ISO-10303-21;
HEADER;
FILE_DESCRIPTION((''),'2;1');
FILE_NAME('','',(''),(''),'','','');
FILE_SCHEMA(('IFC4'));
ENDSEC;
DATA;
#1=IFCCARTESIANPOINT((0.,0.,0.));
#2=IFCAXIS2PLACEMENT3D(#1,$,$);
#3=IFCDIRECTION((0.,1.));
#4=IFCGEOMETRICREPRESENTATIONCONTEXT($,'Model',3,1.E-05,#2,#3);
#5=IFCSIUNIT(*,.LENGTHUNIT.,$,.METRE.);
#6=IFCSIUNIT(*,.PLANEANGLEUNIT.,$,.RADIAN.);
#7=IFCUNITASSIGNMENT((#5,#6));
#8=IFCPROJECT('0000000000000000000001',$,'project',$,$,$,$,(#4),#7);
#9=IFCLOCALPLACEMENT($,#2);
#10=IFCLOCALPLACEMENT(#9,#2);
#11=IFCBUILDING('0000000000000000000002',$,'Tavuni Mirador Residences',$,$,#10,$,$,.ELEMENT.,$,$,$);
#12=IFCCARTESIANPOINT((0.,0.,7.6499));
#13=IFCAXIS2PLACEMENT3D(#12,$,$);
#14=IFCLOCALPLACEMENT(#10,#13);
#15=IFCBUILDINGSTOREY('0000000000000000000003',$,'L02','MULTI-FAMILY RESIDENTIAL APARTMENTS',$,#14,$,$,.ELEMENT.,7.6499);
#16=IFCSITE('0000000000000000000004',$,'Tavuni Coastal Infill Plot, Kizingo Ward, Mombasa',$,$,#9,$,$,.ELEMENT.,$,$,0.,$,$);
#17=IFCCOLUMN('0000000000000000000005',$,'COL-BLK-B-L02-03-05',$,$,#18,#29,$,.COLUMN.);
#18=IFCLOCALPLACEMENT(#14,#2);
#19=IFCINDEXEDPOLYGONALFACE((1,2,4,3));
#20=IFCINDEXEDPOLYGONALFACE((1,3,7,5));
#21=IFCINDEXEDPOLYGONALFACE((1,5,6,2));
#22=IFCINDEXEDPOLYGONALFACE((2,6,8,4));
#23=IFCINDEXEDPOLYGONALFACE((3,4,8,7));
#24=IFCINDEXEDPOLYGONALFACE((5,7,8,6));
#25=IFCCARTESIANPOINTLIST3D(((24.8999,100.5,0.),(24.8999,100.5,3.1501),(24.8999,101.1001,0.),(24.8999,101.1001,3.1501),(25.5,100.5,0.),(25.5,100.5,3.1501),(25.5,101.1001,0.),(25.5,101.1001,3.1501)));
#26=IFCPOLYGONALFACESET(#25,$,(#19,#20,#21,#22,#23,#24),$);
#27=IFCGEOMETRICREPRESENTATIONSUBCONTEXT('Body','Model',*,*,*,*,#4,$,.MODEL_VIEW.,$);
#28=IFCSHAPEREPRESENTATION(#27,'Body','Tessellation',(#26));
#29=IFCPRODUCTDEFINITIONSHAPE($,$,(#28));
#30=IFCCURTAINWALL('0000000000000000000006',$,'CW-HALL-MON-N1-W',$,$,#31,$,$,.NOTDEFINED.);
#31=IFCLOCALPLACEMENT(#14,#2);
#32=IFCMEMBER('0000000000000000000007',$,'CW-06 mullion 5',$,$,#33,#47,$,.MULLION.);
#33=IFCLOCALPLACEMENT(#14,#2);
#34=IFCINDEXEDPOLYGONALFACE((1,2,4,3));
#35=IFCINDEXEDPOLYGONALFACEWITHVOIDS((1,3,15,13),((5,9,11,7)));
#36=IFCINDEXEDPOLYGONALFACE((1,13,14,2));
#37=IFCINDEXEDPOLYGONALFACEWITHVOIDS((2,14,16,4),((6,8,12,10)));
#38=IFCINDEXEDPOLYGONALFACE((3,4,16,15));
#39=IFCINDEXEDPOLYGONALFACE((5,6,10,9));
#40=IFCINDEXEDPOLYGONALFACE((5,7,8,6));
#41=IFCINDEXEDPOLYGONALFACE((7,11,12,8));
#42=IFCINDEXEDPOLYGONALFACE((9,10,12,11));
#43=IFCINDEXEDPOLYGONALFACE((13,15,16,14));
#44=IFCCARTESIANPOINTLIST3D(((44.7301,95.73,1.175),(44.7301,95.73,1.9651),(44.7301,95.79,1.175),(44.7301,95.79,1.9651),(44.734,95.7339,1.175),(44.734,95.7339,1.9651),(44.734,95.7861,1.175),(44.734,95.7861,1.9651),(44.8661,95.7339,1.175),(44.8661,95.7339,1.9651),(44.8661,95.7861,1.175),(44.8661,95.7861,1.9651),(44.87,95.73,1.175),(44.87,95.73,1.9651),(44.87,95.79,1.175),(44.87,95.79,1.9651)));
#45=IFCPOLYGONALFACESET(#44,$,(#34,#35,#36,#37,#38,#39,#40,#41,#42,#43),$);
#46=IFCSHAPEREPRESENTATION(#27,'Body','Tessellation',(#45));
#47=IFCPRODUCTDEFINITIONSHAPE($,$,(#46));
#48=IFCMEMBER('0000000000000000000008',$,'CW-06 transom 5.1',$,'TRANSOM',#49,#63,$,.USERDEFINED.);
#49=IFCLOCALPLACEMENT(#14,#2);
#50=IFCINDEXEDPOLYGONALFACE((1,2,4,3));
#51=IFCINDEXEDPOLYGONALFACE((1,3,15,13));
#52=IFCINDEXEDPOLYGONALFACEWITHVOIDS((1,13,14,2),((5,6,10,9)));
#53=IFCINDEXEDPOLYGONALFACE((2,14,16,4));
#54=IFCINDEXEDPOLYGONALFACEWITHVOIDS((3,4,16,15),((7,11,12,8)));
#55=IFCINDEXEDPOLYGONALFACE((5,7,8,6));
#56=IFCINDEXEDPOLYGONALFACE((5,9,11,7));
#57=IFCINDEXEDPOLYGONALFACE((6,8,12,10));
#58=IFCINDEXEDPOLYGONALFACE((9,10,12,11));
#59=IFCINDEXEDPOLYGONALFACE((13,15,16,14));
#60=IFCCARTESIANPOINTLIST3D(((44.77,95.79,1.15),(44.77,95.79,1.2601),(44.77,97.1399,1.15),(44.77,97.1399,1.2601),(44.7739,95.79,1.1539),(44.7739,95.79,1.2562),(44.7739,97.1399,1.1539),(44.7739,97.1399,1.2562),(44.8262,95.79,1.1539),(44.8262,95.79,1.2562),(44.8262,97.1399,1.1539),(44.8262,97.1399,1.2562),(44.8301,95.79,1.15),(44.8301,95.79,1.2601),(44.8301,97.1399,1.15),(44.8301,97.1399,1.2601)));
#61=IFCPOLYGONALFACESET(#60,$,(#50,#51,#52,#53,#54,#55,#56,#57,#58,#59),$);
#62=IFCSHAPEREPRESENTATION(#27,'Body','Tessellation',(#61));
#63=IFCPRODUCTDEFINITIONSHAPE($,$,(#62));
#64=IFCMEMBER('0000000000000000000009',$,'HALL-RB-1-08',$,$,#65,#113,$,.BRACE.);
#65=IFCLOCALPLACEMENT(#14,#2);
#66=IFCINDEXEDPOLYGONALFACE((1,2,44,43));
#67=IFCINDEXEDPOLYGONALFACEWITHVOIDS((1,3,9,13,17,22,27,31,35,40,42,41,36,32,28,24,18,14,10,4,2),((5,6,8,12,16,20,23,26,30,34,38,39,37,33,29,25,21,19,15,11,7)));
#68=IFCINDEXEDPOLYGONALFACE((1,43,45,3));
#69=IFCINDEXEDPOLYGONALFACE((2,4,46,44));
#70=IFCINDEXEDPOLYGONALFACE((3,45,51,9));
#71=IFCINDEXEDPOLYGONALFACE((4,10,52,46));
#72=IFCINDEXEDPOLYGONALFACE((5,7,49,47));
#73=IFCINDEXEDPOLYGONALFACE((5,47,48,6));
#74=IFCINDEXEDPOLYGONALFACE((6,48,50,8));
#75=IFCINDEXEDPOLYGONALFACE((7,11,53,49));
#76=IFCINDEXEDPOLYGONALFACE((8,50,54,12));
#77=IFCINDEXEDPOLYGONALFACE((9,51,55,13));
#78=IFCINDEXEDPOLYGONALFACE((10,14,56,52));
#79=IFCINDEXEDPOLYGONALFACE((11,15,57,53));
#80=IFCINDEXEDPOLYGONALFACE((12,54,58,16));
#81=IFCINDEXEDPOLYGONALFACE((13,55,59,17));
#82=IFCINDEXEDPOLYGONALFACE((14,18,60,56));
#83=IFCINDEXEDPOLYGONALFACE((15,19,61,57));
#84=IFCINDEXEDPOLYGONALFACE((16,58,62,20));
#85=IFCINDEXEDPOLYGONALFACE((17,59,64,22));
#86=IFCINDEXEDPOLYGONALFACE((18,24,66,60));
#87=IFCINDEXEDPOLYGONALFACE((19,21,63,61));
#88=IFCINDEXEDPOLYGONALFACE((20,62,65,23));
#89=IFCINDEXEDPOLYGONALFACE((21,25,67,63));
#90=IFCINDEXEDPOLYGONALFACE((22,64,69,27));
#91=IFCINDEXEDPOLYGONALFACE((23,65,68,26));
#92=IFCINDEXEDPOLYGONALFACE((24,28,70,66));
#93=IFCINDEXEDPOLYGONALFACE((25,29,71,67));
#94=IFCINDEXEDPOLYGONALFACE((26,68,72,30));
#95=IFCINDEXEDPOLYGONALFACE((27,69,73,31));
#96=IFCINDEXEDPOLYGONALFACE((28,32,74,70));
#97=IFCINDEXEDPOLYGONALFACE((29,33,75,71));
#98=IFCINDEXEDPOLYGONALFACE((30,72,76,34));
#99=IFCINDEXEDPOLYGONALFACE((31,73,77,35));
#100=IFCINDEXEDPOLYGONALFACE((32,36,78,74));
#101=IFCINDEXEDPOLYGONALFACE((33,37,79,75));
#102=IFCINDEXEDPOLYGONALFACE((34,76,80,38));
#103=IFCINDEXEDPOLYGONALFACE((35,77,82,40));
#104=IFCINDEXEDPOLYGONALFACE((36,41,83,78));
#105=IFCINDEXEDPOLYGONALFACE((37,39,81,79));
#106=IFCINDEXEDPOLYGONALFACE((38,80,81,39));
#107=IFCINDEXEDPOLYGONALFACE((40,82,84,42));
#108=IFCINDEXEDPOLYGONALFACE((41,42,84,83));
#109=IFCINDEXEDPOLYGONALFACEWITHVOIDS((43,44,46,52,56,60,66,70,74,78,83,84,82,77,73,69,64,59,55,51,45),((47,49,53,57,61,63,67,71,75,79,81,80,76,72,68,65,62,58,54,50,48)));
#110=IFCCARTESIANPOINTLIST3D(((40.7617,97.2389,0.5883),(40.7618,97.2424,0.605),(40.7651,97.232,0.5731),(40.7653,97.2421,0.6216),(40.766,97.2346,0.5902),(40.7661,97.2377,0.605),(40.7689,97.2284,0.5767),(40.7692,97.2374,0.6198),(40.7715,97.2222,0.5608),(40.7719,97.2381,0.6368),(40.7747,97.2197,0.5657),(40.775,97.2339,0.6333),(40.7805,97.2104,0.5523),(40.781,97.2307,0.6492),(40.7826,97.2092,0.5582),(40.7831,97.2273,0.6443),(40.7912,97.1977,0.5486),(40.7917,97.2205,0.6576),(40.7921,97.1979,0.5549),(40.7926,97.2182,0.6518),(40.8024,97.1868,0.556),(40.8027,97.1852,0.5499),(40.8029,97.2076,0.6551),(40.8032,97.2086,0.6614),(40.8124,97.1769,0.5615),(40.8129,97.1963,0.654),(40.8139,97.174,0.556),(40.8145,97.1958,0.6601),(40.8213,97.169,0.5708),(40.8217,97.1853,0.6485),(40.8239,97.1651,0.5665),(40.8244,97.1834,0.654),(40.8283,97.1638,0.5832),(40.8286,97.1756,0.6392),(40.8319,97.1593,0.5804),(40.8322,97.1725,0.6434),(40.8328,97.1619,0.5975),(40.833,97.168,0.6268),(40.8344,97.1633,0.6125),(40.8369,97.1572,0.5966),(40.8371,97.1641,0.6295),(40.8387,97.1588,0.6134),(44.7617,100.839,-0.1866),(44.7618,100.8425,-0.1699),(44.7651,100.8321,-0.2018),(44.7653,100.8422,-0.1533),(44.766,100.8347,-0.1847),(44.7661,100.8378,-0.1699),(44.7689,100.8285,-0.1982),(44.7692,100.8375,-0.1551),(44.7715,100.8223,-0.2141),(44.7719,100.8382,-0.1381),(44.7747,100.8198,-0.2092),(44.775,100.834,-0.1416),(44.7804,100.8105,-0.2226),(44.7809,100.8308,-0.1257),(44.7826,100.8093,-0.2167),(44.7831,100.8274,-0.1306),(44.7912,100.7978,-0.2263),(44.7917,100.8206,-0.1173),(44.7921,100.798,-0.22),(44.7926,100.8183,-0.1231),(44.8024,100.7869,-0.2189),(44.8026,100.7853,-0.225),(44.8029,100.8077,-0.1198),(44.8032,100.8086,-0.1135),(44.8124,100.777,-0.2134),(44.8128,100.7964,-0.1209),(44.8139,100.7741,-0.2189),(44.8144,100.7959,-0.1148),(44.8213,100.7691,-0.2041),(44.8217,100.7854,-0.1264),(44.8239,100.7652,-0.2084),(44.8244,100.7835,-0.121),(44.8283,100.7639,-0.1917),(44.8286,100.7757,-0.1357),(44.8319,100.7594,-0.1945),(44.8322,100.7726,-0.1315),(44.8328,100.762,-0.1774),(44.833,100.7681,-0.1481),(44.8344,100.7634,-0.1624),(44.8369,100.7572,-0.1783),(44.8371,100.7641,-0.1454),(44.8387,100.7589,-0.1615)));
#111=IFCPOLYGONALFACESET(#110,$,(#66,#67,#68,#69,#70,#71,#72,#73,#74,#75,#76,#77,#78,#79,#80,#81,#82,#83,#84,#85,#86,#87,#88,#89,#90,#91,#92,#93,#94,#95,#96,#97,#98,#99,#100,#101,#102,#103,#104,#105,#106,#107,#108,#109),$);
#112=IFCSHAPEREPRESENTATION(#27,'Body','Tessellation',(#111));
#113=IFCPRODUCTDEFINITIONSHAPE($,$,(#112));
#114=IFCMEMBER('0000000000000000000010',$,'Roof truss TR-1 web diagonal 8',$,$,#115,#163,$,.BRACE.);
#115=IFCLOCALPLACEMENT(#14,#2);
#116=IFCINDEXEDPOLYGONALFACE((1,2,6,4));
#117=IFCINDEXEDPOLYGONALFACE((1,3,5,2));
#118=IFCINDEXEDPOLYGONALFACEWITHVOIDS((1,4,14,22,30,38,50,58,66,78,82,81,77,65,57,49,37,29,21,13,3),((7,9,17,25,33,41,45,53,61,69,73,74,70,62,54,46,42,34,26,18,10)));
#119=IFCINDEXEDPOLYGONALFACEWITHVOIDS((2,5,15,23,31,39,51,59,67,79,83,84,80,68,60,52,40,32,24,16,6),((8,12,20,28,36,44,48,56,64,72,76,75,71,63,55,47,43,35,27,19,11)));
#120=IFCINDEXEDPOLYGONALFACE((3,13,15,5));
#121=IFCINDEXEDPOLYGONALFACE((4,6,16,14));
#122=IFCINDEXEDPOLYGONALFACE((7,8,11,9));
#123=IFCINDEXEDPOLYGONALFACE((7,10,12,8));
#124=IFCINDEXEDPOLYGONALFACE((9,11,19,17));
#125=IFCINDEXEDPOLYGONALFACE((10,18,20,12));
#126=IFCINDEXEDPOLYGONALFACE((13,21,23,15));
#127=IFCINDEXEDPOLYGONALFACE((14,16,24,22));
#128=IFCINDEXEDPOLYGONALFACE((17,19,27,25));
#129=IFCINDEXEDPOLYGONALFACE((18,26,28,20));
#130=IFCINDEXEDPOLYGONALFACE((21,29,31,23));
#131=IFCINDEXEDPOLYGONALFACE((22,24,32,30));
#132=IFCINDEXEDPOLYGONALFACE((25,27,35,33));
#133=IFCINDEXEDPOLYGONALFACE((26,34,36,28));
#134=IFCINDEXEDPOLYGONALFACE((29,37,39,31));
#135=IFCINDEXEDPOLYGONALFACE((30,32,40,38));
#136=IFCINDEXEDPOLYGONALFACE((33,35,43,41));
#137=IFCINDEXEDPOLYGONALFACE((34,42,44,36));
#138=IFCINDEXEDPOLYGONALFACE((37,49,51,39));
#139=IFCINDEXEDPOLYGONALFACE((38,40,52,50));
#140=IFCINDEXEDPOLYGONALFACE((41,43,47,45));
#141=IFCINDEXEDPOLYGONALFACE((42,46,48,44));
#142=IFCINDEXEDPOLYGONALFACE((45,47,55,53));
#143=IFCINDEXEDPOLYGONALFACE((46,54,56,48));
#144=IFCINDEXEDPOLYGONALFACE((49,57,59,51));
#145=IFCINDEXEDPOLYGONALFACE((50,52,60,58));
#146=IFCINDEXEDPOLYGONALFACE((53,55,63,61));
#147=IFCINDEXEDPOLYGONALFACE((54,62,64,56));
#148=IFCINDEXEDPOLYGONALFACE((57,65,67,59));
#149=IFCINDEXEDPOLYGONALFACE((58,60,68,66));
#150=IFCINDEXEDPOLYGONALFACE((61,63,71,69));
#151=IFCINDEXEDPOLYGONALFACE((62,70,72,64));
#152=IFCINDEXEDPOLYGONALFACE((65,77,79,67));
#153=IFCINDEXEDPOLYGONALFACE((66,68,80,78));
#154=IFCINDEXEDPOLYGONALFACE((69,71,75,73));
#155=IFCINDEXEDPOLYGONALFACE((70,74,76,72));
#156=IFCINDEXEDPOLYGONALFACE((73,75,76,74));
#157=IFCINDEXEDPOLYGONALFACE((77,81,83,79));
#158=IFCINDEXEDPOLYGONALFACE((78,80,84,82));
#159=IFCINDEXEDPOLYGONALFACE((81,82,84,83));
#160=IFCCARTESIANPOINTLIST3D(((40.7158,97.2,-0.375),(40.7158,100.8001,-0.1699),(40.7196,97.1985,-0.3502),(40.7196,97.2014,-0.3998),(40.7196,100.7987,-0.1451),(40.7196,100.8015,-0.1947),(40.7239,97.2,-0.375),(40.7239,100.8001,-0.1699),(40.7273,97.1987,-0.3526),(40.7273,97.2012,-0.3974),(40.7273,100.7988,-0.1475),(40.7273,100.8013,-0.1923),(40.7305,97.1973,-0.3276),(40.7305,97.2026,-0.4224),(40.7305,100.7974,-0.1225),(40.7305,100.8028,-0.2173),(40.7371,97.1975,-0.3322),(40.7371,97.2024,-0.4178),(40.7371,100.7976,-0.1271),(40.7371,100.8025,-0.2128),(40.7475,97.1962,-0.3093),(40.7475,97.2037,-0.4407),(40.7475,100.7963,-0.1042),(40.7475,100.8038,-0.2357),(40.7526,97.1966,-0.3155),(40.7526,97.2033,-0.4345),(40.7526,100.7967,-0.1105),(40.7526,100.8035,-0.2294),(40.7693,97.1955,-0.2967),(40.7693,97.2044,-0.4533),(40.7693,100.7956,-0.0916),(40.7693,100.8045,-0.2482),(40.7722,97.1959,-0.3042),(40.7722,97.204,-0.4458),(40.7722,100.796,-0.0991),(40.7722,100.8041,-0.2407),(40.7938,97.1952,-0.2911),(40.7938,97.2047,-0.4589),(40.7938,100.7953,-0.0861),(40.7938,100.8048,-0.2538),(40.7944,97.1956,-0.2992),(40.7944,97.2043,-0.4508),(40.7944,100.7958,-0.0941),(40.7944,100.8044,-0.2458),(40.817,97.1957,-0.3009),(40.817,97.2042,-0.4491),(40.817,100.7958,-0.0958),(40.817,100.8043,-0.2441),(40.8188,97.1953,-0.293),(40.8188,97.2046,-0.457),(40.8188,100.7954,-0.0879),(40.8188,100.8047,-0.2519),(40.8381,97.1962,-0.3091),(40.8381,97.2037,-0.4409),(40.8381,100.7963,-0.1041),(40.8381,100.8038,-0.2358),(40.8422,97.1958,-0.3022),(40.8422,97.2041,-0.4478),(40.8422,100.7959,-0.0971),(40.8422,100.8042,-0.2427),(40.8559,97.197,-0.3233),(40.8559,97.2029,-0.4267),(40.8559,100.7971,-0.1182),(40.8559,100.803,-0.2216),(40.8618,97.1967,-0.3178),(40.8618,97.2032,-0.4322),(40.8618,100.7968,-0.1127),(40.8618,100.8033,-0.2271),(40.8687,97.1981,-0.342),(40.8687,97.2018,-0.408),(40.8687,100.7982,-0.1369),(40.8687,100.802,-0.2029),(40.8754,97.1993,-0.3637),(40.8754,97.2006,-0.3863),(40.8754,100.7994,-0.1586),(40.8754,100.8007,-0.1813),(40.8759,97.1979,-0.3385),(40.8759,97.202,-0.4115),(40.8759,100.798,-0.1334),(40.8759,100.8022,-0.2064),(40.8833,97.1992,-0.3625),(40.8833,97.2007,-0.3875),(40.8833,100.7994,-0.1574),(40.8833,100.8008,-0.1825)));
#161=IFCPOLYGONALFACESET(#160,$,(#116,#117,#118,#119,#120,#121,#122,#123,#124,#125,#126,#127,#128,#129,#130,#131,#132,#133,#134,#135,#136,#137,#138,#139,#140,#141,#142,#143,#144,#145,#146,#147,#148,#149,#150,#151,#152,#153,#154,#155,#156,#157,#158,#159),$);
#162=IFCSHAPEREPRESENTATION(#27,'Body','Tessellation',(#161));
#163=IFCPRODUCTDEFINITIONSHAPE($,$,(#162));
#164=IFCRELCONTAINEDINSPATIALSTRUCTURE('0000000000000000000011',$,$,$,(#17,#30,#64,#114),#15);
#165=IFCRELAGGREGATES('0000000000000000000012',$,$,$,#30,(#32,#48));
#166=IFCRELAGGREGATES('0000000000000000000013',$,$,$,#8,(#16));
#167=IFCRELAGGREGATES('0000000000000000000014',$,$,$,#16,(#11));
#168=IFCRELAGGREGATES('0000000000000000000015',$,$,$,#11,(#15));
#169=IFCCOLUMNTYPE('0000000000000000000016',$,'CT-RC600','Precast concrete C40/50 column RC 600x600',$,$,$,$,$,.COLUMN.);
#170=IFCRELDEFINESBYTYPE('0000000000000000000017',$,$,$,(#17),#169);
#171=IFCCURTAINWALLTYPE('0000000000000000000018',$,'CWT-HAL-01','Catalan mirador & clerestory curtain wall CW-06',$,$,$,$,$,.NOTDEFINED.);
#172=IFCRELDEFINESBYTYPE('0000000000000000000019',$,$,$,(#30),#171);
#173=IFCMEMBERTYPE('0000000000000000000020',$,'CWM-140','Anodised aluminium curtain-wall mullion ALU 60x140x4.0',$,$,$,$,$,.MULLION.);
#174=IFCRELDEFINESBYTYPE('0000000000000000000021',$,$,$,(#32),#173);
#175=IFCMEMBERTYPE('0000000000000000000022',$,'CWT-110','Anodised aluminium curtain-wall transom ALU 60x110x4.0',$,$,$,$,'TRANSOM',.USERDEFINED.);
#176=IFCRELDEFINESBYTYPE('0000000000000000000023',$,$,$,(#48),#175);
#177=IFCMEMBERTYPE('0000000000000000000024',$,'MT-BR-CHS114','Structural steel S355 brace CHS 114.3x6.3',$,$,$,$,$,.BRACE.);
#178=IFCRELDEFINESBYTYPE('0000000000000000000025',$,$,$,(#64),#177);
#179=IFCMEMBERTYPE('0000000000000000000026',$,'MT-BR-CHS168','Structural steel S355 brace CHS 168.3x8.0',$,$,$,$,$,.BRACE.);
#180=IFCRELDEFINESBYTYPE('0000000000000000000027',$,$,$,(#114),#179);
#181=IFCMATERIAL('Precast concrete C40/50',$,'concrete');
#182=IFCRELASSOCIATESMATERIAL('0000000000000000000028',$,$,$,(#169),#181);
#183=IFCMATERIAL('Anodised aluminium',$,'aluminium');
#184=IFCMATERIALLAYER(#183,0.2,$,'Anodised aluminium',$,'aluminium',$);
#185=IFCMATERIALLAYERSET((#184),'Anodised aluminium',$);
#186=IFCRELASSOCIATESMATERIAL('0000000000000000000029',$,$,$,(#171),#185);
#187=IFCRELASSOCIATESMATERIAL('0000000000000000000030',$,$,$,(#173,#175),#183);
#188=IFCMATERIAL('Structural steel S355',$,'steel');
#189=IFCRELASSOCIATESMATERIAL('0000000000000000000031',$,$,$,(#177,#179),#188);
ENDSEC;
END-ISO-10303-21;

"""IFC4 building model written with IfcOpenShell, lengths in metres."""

from ifc_helpers import new_model, si_unit, direction, frame, origin, origin_2d, place, context, subcontext, project, spatial, rectangle, hollow_rectangle, hollow_circle, extrude, material, layer, layer_set, material_profile, profile_set, type_object, element, aggregate, save


model = new_model("IFC4")

# Units and contexts
model_context = context("Model", 3, precision=1e-05, world=origin(), true_north=direction((0.0, 1.0)))
body_context = subcontext(model_context, "Body", "Model", "MODEL_VIEW")
ifc_project = project(units=[si_unit("LENGTHUNIT", "METRE"), si_unit("PLANEANGLEUNIT", "RADIAN")], contexts=[model_context])

# Site, building, storey
site_placement = place(None, origin())
site = spatial("IfcSite", under=ifc_project, at=site_placement, Name="Tavuni Coastal Infill Plot, Kizingo Ward, Mombasa", CompositionType="ELEMENT", RefElevation=0.0)
building_placement = place(site_placement, origin())
building = spatial("IfcBuilding", under=site, at=building_placement, Name="Tavuni Mirador Residences", CompositionType="ELEMENT")
storey_placement = place(building_placement, frame((0.0, 0.0, 7.6499)))
storey = spatial("IfcBuildingStorey", under=building, at=storey_placement, Name="L02", Description="MULTI-FAMILY RESIDENTIAL APARTMENTS", CompositionType="ELEMENT", Elevation=7.6499)

# Column
ifc_material_1 = material(Name="Precast concrete C40/50", Category="concrete")
ifc_material_profile_1 = material_profile(ifc_material_1, rectangle(XDim=0.6001, YDim=0.6001, at=origin_2d()), Name="RC 600x600", Category="concrete")
ifc_profile_set_1 = profile_set([ifc_material_profile_1], Name="Precast concrete C40/50")
column_type = type_object("IfcColumnType", Name="CT-RC600", Description="Precast concrete C40/50 column RC 600x600", PredefinedType="COLUMN", material=ifc_profile_set_1)
column_placement = place(storey_placement, frame((25.2, 100.8, 0.0), z_axis=(0.0, 0.0, 1.0), x_axis=(1.0, 0.0, 0.0)))
element("IfcColumn", 1, at=column_placement, inside=storey, type_object=column_type, Name="COL-BLK-B-L02-03-05", PredefinedType="COLUMN", context=body_context, shape_type="SweptSolid", body=[
    extrude(rectangle(XDim=0.6001, YDim=0.6001, at=origin_2d()), origin(), (0.0, 0.0, 1.0), 3.1501),
])

# Curtain wall, members
ifc_material_2 = material(Name="Anodised aluminium", Category="aluminium")
ifc_layer_1 = layer(ifc_material_2, 0.2, Name="Anodised aluminium", Category="aluminium")
ifc_layer_set_1 = layer_set([ifc_layer_1], Name="Anodised aluminium")
curtain_wall_type = type_object("IfcCurtainWallType", Name="CWT-HAL-01", Description="Catalan mirador & clerestory curtain wall CW-06", PredefinedType="NOTDEFINED", material=ifc_layer_set_1)
curtain_wall_placement = place(storey_placement, origin())
curtain_wall = element("IfcCurtainWall", 2, at=curtain_wall_placement, inside=storey, type_object=curtain_wall_type, Name="CW-HALL-MON-N1-W", PredefinedType="NOTDEFINED")
ifc_material_profile_2 = material_profile(ifc_material_2, hollow_rectangle(XDim=0.0601, YDim=0.1399, WallThickness=0.0039, at=origin_2d()), Name="ALU 60x140x4.0", Category="aluminium")
ifc_profile_set_2 = profile_set([ifc_material_profile_2], Name="Anodised aluminium")
member_type_1 = type_object("IfcMemberType", Name="CWM-140", Description="Anodised aluminium curtain-wall mullion ALU 60x140x4.0", PredefinedType="MULLION", material=ifc_profile_set_2)
member_1_placement = place(storey_placement, frame((44.8, 95.76, 1.175), z_axis=(0.0, 0.0, 1.0), x_axis=(0.0, 1.0, 0.0)))
member_1 = element("IfcMember", 3, at=member_1_placement, type_object=member_type_1, Name="CW-06 mullion 5", PredefinedType="MULLION", context=body_context, shape_type="SweptSolid", body=[
    extrude(hollow_rectangle(XDim=0.0601, YDim=0.1399, WallThickness=0.0039, at=origin_2d()), origin(), (0.0, 0.0, 1.0), 0.79),
])
ifc_material_profile_3 = material_profile(ifc_material_2, hollow_rectangle(XDim=0.0601, YDim=0.1101, WallThickness=0.0039, at=origin_2d()), Name="ALU 60x110x4.0", Category="aluminium")
ifc_profile_set_3 = profile_set([ifc_material_profile_3], Name="Anodised aluminium")
member_type_2 = type_object("IfcMemberType", Name="CWT-110", Description="Anodised aluminium curtain-wall transom ALU 60x110x4.0", ElementType="TRANSOM", PredefinedType="USERDEFINED", material=ifc_profile_set_3)
member_2_placement = place(storey_placement, frame((44.8, 95.79, 1.2051), z_axis=(0.0, 1.0, 0.0), x_axis=(-1.0, 0.0, 0.0)))
member_2 = element("IfcMember", 4, at=member_2_placement, type_object=member_type_2, Name="CW-06 transom 5.1", ObjectType="TRANSOM", PredefinedType="USERDEFINED", context=body_context, shape_type="SweptSolid", body=[
    extrude(hollow_rectangle(XDim=0.0601, YDim=0.1101, WallThickness=0.0039, at=origin_2d()), origin(), (0.0, 0.0, 1.0), 1.3499),
])
aggregate(curtain_wall, [member_1, member_2])

# Members
ifc_material_3 = material(Name="Structural steel S355", Category="steel")
ifc_material_profile_4 = material_profile(ifc_material_3, hollow_circle(Radius=0.0571, WallThickness=0.0063, at=origin_2d()), Name="CHS 114.3x6.3", Category="steel")
ifc_profile_set_4 = profile_set([ifc_material_profile_4], Name="Structural steel S355")
member_type_3 = type_object("IfcMemberType", Name="MT-BR-CHS114", Description="Structural steel S355 brace CHS 114.3x6.3", PredefinedType="BRACE", material=ifc_profile_set_4)
member_3_placement = place(storey_placement, frame((40.8, 97.2, 0.605), z_axis=(0.735697, 0.662145, -0.142523), x_axis=(-0.668975, 0.743285, 0.0)))
element("IfcMember", 5, at=member_3_placement, inside=storey, type_object=member_type_3, Name="HALL-RB-1-08", PredefinedType="BRACE", context=body_context, shape_type="SweptSolid", body=[
    extrude(hollow_circle(Radius=0.0571, WallThickness=0.0063, at=origin_2d()), origin(), (0.0, 0.0, 1.0), 5.437),
])
ifc_material_profile_5 = material_profile(ifc_material_3, hollow_circle(Radius=0.0842, WallThickness=0.0081, at=origin_2d()), Name="CHS 168.3x8.0", Category="steel")
ifc_profile_set_5 = profile_set([ifc_material_profile_5], Name="Structural steel S355")
member_type_4 = type_object("IfcMemberType", Name="MT-BR-CHS168", Description="Structural steel S355 brace CHS 168.3x8.0", PredefinedType="BRACE", material=ifc_profile_set_5)
member_4_placement = place(storey_placement, frame((40.8, 97.2, -0.375), z_axis=(0.0, 0.998381, 0.056872), x_axis=(-1.0, 0.0, 0.0)))
element("IfcMember", 6, at=member_4_placement, inside=storey, type_object=member_type_4, Name="Roof truss TR-1 web diagonal 8", PredefinedType="BRACE", context=body_context, shape_type="SweptSolid", body=[
    extrude(hollow_circle(Radius=0.0842, WallThickness=0.0081, at=origin_2d()), origin(), (0.0, 0.0, 1.0), 3.606),
])

save(model, "model.ifc")
